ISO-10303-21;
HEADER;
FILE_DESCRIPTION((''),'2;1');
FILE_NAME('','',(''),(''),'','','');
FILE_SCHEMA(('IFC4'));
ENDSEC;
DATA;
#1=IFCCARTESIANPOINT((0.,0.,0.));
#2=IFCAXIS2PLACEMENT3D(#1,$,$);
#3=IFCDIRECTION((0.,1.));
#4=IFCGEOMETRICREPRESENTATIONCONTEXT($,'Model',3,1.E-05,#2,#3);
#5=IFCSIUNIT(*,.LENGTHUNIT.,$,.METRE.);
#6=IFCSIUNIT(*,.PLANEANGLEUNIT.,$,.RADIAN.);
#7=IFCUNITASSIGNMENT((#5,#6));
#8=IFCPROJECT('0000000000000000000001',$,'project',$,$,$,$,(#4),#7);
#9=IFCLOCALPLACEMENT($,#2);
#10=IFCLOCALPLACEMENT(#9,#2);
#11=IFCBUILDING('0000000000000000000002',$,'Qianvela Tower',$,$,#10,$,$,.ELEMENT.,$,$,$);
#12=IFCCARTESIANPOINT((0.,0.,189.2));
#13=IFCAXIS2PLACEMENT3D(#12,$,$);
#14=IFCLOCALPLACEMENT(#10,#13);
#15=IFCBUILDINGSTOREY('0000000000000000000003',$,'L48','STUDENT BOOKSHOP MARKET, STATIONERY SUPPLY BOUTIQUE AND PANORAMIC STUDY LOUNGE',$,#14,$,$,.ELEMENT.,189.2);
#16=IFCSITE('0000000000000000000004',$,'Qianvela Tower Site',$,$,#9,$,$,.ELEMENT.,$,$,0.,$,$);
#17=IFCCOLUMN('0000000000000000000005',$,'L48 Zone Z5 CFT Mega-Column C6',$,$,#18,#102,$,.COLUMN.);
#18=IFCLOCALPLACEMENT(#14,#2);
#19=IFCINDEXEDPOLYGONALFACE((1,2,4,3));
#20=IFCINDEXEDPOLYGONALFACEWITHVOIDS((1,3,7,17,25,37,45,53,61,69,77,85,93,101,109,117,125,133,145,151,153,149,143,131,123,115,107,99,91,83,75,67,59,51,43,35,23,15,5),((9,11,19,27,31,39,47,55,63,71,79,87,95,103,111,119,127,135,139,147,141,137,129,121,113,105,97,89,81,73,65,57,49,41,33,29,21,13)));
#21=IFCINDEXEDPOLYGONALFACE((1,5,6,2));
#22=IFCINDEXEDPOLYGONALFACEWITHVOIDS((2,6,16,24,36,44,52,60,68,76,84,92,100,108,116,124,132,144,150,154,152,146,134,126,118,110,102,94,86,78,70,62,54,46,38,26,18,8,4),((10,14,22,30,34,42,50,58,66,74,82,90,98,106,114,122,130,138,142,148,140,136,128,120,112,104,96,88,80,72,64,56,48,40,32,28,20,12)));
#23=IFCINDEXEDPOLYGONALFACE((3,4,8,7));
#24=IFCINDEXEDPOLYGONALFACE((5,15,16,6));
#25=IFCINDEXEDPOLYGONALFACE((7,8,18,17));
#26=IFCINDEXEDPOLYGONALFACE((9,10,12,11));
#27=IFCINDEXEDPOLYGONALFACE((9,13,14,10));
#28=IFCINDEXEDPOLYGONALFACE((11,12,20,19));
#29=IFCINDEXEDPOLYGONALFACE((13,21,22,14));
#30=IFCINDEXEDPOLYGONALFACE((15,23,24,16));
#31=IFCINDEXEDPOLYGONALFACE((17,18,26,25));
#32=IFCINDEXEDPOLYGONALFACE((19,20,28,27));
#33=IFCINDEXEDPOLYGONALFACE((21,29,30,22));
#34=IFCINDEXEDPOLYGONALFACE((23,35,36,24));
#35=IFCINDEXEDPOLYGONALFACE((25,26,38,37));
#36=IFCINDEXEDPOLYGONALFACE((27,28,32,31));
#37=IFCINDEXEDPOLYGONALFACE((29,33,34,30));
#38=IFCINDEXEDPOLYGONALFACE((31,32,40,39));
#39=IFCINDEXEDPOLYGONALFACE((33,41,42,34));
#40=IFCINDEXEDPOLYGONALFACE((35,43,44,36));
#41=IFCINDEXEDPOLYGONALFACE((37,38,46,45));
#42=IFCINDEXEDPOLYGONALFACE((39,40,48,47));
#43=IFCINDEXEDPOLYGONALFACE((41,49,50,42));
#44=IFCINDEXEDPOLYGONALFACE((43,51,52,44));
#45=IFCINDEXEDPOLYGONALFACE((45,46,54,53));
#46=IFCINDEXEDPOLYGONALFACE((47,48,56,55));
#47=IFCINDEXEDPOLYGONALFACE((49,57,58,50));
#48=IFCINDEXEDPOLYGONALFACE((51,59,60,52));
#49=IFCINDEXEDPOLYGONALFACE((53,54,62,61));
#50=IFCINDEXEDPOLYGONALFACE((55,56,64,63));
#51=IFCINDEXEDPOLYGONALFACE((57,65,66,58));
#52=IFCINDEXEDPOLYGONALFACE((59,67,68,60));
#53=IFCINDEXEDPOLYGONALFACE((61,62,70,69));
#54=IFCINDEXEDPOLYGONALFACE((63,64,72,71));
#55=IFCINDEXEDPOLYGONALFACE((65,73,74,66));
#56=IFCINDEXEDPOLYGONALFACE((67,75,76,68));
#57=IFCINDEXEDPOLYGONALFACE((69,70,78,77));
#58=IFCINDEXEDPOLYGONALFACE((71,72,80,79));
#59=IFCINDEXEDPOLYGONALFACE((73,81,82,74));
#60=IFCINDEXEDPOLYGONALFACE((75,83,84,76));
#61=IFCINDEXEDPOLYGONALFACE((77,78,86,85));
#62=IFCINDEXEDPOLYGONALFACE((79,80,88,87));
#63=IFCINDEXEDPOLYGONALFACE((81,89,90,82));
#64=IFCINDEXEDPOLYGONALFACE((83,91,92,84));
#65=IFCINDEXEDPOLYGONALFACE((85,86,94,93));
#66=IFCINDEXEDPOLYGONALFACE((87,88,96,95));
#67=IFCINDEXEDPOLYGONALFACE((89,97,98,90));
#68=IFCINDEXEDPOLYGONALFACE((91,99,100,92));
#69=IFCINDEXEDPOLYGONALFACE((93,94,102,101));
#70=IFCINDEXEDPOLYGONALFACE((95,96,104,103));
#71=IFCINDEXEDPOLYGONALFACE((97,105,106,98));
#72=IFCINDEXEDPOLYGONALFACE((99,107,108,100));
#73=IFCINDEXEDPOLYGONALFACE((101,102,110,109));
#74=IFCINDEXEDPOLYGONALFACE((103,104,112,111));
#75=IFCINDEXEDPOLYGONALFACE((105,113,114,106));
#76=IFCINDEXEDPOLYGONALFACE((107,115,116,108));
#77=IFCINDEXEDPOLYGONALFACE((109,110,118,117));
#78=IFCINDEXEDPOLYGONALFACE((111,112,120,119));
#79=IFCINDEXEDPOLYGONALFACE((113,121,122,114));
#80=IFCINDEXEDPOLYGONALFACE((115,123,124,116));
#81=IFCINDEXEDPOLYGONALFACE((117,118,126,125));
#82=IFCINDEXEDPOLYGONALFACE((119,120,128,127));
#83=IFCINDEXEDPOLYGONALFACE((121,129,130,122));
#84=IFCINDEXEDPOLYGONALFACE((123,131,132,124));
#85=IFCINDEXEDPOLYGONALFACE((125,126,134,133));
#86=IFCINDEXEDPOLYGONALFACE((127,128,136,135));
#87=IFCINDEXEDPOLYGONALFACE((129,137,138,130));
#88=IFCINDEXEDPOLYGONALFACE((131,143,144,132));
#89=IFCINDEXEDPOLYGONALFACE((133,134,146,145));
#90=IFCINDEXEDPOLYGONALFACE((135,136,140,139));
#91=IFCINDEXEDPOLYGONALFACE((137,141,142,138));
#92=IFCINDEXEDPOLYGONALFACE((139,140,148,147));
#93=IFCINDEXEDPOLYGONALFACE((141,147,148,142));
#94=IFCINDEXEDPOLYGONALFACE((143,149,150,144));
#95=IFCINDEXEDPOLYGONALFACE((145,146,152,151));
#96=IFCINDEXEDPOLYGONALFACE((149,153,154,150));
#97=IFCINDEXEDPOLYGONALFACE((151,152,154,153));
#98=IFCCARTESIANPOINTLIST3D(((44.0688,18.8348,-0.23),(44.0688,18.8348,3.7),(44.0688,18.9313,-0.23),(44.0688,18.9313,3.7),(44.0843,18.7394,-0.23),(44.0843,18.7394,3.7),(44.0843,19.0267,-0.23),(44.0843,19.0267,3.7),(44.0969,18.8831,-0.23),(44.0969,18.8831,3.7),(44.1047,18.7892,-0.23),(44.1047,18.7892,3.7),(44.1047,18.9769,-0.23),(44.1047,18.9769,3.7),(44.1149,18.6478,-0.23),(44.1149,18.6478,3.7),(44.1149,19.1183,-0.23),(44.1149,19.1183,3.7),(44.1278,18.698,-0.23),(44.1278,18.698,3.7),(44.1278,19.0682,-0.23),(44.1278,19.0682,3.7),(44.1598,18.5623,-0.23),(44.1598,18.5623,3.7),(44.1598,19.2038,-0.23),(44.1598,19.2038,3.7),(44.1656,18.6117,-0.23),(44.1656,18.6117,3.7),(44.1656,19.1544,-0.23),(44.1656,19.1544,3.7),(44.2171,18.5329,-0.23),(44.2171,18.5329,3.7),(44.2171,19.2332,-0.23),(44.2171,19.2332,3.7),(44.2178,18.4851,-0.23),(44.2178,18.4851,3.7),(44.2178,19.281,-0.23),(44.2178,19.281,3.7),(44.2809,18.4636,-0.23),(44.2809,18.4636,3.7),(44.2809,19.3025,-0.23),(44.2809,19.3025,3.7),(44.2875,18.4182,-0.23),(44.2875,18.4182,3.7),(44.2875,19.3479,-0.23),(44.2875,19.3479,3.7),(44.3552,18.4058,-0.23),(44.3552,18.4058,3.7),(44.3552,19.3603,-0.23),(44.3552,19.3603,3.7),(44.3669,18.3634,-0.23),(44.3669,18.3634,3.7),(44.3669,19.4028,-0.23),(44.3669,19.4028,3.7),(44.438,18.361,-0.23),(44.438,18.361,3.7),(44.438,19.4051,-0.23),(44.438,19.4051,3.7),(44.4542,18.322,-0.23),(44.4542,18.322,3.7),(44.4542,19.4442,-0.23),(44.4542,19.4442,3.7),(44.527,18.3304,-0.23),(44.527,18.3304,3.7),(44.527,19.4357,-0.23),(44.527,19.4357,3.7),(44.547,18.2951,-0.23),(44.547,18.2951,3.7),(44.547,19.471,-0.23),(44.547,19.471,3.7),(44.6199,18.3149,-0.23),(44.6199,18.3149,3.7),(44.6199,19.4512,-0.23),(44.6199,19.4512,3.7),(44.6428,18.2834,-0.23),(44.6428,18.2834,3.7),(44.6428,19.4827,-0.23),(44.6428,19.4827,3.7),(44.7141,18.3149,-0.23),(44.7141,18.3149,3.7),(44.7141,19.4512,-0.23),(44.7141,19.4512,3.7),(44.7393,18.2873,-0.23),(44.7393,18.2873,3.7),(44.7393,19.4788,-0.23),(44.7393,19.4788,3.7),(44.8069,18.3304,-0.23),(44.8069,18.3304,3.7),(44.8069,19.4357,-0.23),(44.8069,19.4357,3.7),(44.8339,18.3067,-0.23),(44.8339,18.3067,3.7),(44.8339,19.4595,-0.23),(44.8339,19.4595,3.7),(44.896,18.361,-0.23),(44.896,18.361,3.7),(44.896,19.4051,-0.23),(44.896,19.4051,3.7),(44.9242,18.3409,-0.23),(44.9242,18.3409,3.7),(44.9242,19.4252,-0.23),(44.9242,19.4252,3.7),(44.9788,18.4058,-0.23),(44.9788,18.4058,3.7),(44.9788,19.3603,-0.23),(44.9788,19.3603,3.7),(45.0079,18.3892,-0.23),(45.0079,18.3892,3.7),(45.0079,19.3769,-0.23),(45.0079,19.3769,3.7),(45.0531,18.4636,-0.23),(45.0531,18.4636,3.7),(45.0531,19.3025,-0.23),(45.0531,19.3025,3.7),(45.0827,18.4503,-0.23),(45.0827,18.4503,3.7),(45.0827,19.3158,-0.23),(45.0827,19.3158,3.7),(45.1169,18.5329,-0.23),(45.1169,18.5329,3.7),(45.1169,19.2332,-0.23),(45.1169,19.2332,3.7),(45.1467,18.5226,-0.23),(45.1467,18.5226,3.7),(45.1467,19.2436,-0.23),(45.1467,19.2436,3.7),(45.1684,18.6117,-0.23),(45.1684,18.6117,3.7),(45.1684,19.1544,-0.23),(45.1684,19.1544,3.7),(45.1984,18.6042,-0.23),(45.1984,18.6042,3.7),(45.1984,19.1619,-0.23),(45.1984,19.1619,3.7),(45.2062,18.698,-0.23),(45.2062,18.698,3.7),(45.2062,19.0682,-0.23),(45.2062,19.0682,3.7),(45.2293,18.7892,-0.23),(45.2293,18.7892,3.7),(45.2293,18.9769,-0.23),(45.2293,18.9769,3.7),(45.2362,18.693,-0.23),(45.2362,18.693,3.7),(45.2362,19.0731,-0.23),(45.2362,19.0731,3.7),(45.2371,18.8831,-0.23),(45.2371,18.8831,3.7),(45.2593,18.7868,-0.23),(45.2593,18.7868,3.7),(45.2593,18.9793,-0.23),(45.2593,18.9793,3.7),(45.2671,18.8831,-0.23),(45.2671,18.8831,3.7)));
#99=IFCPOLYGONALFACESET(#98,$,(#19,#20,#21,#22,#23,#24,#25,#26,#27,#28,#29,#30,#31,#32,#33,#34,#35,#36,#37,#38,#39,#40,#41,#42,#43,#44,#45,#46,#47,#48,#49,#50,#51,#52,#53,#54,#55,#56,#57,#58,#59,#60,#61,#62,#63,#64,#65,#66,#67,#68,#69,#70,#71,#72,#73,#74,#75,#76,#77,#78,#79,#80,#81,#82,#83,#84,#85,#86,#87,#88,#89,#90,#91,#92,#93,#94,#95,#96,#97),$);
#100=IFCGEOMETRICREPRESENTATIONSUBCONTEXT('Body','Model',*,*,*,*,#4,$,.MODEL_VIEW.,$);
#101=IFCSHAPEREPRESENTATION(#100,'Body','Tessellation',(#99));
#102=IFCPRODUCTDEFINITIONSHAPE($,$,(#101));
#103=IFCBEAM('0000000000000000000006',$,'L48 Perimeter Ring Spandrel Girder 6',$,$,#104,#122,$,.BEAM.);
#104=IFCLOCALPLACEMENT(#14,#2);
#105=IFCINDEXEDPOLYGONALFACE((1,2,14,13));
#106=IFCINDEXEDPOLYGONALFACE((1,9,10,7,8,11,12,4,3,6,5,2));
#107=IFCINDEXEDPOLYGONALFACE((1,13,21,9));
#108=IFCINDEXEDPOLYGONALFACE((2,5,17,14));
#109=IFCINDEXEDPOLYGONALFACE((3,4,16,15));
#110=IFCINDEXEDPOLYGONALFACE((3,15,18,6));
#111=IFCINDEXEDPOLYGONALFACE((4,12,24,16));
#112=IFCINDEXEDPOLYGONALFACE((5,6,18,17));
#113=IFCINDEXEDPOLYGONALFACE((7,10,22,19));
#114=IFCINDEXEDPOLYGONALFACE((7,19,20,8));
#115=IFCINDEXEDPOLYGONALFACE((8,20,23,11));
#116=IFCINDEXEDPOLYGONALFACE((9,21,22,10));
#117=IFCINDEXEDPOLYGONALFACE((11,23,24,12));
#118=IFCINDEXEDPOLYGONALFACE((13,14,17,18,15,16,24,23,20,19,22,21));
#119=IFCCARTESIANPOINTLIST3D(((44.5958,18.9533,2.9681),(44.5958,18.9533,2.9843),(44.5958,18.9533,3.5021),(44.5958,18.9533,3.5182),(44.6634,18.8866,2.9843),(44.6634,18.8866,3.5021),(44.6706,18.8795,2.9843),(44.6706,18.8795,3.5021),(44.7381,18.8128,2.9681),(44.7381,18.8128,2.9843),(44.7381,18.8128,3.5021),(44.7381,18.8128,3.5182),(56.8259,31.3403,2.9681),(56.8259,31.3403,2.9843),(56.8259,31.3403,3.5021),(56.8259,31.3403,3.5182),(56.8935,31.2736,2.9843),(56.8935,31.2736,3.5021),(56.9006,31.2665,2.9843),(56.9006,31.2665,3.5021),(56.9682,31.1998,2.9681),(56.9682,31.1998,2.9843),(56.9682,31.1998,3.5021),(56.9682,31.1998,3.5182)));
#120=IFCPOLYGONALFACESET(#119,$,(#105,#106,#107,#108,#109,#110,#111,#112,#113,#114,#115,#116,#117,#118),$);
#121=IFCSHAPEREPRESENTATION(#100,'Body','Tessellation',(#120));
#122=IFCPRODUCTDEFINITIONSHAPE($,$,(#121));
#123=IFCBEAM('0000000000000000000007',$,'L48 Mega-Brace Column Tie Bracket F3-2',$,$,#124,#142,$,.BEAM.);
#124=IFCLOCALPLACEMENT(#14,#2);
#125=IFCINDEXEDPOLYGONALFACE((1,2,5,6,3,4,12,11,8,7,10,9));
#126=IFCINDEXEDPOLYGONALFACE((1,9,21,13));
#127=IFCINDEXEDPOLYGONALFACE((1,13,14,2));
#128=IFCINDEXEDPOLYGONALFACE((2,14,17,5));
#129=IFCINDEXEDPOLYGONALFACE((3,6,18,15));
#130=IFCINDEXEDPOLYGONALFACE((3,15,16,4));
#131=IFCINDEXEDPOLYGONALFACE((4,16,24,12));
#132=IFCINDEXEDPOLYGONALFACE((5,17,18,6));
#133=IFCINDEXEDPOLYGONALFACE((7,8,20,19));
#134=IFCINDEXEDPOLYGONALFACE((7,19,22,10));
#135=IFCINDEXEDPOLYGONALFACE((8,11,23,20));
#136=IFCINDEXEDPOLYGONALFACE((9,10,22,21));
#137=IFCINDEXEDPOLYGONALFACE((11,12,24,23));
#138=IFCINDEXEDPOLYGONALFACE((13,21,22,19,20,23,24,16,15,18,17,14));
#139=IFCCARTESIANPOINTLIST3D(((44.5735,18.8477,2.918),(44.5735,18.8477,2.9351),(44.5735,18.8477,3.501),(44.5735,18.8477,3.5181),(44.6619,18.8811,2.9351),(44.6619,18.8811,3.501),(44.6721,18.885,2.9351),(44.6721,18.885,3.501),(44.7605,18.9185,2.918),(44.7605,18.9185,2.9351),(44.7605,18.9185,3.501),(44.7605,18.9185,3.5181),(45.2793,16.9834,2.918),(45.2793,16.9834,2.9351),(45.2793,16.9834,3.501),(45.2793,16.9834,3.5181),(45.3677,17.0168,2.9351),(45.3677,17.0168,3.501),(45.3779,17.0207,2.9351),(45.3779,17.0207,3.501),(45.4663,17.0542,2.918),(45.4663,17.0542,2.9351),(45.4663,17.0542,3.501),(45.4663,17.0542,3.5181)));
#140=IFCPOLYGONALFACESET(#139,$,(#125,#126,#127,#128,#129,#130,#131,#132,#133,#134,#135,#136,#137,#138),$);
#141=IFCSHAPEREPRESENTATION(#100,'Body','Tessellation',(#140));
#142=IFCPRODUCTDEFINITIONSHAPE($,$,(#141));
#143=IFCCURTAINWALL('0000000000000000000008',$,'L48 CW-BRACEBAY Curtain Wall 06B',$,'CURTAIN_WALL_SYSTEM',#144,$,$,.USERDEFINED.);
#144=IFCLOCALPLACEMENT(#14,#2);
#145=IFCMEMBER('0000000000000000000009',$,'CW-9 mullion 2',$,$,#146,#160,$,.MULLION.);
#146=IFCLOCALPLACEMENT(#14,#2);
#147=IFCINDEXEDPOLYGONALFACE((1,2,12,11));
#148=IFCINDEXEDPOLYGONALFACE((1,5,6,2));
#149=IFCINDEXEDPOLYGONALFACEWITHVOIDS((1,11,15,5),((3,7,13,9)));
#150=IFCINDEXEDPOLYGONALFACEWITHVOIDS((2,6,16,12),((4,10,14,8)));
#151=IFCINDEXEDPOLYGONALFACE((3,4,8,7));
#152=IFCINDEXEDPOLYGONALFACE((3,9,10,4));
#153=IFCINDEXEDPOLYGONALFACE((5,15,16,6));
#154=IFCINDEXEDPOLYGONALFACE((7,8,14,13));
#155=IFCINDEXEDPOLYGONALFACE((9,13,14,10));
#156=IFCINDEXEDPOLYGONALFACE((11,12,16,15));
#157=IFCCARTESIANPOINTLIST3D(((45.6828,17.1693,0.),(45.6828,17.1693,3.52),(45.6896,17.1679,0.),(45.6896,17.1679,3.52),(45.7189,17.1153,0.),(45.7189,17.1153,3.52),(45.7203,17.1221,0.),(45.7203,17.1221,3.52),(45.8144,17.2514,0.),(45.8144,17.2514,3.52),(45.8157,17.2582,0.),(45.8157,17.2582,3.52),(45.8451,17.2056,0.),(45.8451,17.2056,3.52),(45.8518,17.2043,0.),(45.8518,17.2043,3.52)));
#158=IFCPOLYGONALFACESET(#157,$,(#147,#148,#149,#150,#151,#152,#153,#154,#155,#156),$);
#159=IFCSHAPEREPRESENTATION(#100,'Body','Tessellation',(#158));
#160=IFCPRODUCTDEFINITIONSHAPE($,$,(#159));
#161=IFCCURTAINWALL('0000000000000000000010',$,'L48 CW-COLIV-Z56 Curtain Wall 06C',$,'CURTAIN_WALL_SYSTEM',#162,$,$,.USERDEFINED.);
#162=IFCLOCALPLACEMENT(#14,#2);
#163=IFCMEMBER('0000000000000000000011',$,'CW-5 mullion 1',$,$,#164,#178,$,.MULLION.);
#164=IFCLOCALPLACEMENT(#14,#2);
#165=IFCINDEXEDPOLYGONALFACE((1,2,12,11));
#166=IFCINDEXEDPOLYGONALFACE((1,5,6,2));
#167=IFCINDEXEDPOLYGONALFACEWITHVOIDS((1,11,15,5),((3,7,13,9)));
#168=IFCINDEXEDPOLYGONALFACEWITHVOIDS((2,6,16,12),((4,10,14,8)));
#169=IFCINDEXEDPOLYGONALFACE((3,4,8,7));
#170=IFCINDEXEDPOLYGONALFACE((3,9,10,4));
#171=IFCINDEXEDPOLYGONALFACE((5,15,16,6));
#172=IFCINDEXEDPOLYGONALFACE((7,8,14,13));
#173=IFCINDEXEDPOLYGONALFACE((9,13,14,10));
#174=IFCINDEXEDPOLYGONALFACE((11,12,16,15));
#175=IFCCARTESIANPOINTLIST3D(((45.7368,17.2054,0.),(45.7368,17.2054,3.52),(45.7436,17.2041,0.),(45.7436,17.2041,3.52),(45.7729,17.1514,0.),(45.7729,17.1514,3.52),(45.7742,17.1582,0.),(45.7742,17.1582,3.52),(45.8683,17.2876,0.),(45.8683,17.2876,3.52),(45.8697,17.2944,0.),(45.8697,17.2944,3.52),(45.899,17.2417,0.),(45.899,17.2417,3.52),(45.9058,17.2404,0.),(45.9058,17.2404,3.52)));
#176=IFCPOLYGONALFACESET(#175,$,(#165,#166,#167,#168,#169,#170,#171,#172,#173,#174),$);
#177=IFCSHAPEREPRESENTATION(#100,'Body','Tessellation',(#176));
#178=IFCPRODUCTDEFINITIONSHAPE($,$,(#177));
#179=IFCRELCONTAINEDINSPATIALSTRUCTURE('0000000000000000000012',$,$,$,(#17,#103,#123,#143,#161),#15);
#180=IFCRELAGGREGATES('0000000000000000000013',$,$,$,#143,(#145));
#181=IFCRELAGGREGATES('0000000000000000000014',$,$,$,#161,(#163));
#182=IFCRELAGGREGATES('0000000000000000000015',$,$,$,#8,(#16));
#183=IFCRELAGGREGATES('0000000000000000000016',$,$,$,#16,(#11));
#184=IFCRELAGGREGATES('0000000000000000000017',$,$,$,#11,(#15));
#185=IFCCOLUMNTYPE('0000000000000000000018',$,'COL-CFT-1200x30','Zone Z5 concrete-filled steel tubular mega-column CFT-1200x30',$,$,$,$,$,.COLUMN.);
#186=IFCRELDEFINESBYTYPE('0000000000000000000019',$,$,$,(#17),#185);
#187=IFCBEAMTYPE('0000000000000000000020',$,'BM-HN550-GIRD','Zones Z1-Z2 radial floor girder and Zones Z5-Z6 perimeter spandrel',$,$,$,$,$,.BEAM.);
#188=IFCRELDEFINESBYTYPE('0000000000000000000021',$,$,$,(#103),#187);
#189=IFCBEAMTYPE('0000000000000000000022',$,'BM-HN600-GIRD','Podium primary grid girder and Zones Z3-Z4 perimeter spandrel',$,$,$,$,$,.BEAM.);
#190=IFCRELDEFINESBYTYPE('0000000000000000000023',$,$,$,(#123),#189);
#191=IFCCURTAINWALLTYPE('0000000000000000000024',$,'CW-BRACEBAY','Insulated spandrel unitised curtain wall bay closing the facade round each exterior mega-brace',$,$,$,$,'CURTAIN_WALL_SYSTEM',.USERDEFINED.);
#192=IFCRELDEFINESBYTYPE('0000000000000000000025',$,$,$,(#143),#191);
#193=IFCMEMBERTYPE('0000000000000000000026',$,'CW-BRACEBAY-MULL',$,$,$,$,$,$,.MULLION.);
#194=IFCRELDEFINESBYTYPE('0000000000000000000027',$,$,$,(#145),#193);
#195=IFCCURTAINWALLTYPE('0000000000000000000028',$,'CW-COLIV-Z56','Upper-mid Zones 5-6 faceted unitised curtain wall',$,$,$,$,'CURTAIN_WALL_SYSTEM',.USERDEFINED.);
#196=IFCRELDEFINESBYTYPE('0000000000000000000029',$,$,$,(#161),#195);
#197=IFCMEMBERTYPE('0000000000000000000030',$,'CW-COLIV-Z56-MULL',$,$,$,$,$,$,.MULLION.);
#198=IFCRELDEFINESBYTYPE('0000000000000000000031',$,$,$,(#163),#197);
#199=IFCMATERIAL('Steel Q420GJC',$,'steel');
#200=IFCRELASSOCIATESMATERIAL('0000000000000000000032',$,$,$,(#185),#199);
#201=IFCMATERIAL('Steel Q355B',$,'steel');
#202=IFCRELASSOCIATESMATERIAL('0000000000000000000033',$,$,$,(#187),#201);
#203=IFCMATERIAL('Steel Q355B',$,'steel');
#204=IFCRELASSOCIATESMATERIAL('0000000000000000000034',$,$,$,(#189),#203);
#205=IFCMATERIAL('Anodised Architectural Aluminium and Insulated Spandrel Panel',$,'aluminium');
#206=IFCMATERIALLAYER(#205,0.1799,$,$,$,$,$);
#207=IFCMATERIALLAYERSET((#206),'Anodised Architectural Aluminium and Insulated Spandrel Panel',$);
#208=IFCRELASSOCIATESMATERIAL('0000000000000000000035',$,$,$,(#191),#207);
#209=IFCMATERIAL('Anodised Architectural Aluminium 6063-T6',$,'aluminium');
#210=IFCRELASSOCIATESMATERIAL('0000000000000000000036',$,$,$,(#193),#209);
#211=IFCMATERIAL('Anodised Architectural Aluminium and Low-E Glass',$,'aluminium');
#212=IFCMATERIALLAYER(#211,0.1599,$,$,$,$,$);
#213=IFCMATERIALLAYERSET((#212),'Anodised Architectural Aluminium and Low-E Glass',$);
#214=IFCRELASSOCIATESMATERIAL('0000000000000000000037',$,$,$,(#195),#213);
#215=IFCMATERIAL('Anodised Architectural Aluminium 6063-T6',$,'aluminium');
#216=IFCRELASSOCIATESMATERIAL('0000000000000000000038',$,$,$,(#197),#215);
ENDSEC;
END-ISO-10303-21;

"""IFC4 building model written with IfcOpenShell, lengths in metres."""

from ifc_helpers import new_model, si_unit, direction, frame, origin, origin_2d, place, context, subcontext, project, spatial, hollow_rectangle, hollow_circle, i_section, extrude, material, layer, layer_set, material_profile, profile_set, type_object, element, aggregate, save


model = new_model("IFC4")

# Units and contexts
model_context = context("Model", 3, precision=1e-05, world=origin(), true_north=direction((0.0, 1.0)))
body_context = subcontext(model_context, "Body", "Model", "MODEL_VIEW")
ifc_project = project(units=[si_unit("LENGTHUNIT", "METRE"), si_unit("PLANEANGLEUNIT", "RADIAN")], contexts=[model_context])

# Site, building, storey
site_placement = place(None, origin())
site = spatial("IfcSite", under=ifc_project, at=site_placement, Name="Qianvela Tower Site", CompositionType="ELEMENT", RefElevation=0.0)
building_placement = place(site_placement, origin())
building = spatial("IfcBuilding", under=site, at=building_placement, Name="Qianvela Tower", CompositionType="ELEMENT")
storey_placement = place(building_placement, frame((0.0, 0.0, 189.2)))
storey = spatial("IfcBuildingStorey", under=building, at=storey_placement, Name="L48", Description="STUDENT BOOKSHOP MARKET, STATIONERY SUPPLY BOUTIQUE AND PANORAMIC STUDY LOUNGE", CompositionType="ELEMENT", Elevation=189.2)

# Column
ifc_material_1 = material(Name="Steel Q420GJC", Category="steel")
ifc_material_profile_1 = material_profile(ifc_material_1, hollow_circle(Radius=0.6001, WallThickness=0.03, at=origin_2d()), Name="CFT-1200x30")
ifc_profile_set_1 = profile_set([ifc_material_profile_1], Name="Steel Q420GJC")
column_type = type_object("IfcColumnType", Name="COL-CFT-1200x30", Description="Zone Z5 concrete-filled steel tubular mega-column CFT-1200x30", PredefinedType="COLUMN", material=ifc_profile_set_1)
column_placement = place(storey_placement, frame((44.667, 18.8831, -0.23), z_axis=(0.0, 0.0, 1.0), x_axis=(1.0, 0.0, 0.0)))
element("IfcColumn", 1, at=column_placement, inside=storey, type_object=column_type, Name="L48 Zone Z5 CFT Mega-Column C6", PredefinedType="COLUMN", context=body_context, shape_type="SweptSolid", body=[
    extrude(hollow_circle(Radius=0.6001, WallThickness=0.03, at=origin_2d()), origin(), (0.0, 0.0, 1.0), 3.9299),
])

# Beams
ifc_material_2 = material(Name="Steel Q355B", Category="steel")
ifc_material_profile_2 = material_profile(ifc_material_2, i_section(OverallWidth=0.2, OverallDepth=0.55, WebThickness=0.01, FlangeThickness=0.0161, at=origin_2d()), Name="HN550x200x10x16")
ifc_profile_set_2 = profile_set([ifc_material_profile_2], Name="Steel Q355B")
beam_type_1 = type_object("IfcBeamType", Name="BM-HN550-GIRD", Description="Zones Z1-Z2 radial floor girder and Zones Z5-Z6 perimeter spandrel", PredefinedType="BEAM", material=ifc_profile_set_2)
beam_1_placement = place(storey_placement, frame((44.667, 18.8831, 3.2432), z_axis=(0.702583, 0.711602, 0.0), x_axis=(-0.711602, 0.702583, 0.0)))
element("IfcBeam", 2, at=beam_1_placement, inside=storey, type_object=beam_type_1, Name="L48 Perimeter Ring Spandrel Girder 6", PredefinedType="BEAM", context=body_context, shape_type="SweptSolid", body=[
    extrude(i_section(OverallWidth=0.2, OverallDepth=0.55, WebThickness=0.01, FlangeThickness=0.0161, at=origin_2d()), origin(), (0.0, 0.0, 1.0), 17.4072),
])
ifc_material_3 = material(Name="Steel Q355B", Category="steel")
ifc_material_profile_3 = material_profile(ifc_material_3, i_section(OverallWidth=0.2, OverallDepth=0.6001, WebThickness=0.011, FlangeThickness=0.0171, at=origin_2d()), Name="HN600x200x11x17")
ifc_profile_set_3 = profile_set([ifc_material_profile_3], Name="Steel Q355B")
beam_type_2 = type_object("IfcBeamType", Name="BM-HN600-GIRD", Description="Podium primary grid girder and Zones Z3-Z4 perimeter spandrel", PredefinedType="BEAM", material=ifc_profile_set_3)
beam_2_placement = place(storey_placement, frame((44.667, 18.8831, 3.218), z_axis=(0.354075, -0.935217, 0.0), x_axis=(0.935217, 0.354075, 0.0)))
element("IfcBeam", 3, at=beam_2_placement, inside=storey, type_object=beam_type_2, Name="L48 Mega-Brace Column Tie Bracket F3-2", PredefinedType="BEAM", context=body_context, shape_type="SweptSolid", body=[
    extrude(i_section(OverallWidth=0.2, OverallDepth=0.6001, WebThickness=0.011, FlangeThickness=0.0171, at=origin_2d()), origin(), (0.0, 0.0, 1.0), 1.9934),
])

# Curtain wall, member
ifc_material_4 = material(Name="Anodised Architectural Aluminium and Insulated Spandrel Panel", Category="aluminium")
ifc_layer_1 = layer(ifc_material_4, 0.1799)
ifc_layer_set_1 = layer_set([ifc_layer_1], Name="Anodised Architectural Aluminium and Insulated Spandrel Panel")
curtain_wall_type_1 = type_object("IfcCurtainWallType", Name="CW-BRACEBAY", Description="Insulated spandrel unitised curtain wall bay closing the facade round each exterior mega-brace", ElementType="CURTAIN_WALL_SYSTEM", PredefinedType="USERDEFINED", material=ifc_layer_set_1)
curtain_wall_1_placement = place(storey_placement, origin())
curtain_wall_1 = element("IfcCurtainWall", 4, at=curtain_wall_1_placement, inside=storey, type_object=curtain_wall_type_1, Name="L48 CW-BRACEBAY Curtain Wall 06B", ObjectType="CURTAIN_WALL_SYSTEM", PredefinedType="USERDEFINED")
ifc_material_5 = material(Name="Anodised Architectural Aluminium 6063-T6", Category="aluminium")
ifc_material_profile_4 = material_profile(ifc_material_5, hollow_rectangle(XDim=0.0649, YDim=0.1599, WallThickness=0.0049, at=origin_2d()), Name="ALU-MULL-65x160")
ifc_profile_set_4 = profile_set([ifc_material_profile_4], Name="Anodised Architectural Aluminium 6063-T6")
member_type_1 = type_object("IfcMemberType", Name="CW-BRACEBAY-MULL", PredefinedType="MULLION", material=ifc_profile_set_4)
member_1_placement = place(storey_placement, frame((45.7673, 17.1868, 0.0), z_axis=(0.0, 0.0, 1.0), x_axis=(-0.556183, 0.83106, 0.0)))
member_1 = element("IfcMember", 5, at=member_1_placement, type_object=member_type_1, Name="CW-9 mullion 2", PredefinedType="MULLION", context=body_context, shape_type="SweptSolid", body=[
    extrude(hollow_rectangle(XDim=0.0649, YDim=0.1599, WallThickness=0.0049, at=origin_2d()), origin(), (0.0, 0.0, 1.0), 3.52),
])
aggregate(curtain_wall_1, [member_1])

# Curtain wall, member
ifc_material_6 = material(Name="Anodised Architectural Aluminium and Low-E Glass", Category="aluminium")
ifc_layer_2 = layer(ifc_material_6, 0.1599)
ifc_layer_set_2 = layer_set([ifc_layer_2], Name="Anodised Architectural Aluminium and Low-E Glass")
curtain_wall_type_2 = type_object("IfcCurtainWallType", Name="CW-COLIV-Z56", Description="Upper-mid Zones 5-6 faceted unitised curtain wall", ElementType="CURTAIN_WALL_SYSTEM", PredefinedType="USERDEFINED", material=ifc_layer_set_2)
curtain_wall_2_placement = place(storey_placement, origin())
curtain_wall_2 = element("IfcCurtainWall", 6, at=curtain_wall_2_placement, inside=storey, type_object=curtain_wall_type_2, Name="L48 CW-COLIV-Z56 Curtain Wall 06C", ObjectType="CURTAIN_WALL_SYSTEM", PredefinedType="USERDEFINED")
ifc_material_7 = material(Name="Anodised Architectural Aluminium 6063-T6", Category="aluminium")
ifc_material_profile_5 = material_profile(ifc_material_7, hollow_rectangle(XDim=0.0649, YDim=0.1599, WallThickness=0.0049, at=origin_2d()), Name="ALU-MULL-65x160")
ifc_profile_set_5 = profile_set([ifc_material_profile_5], Name="Anodised Architectural Aluminium 6063-T6")
member_type_2 = type_object("IfcMemberType", Name="CW-COLIV-Z56-MULL", PredefinedType="MULLION", material=ifc_profile_set_5)
member_2_placement = place(storey_placement, frame((45.8213, 17.2229, 0.0), z_axis=(0.0, 0.0, 1.0), x_axis=(-0.556195, 0.831052, 0.0)))
member_2 = element("IfcMember", 7, at=member_2_placement, type_object=member_type_2, Name="CW-5 mullion 1", PredefinedType="MULLION", context=body_context, shape_type="SweptSolid", body=[
    extrude(hollow_rectangle(XDim=0.0649, YDim=0.1599, WallThickness=0.0049, at=origin_2d()), origin(), (0.0, 0.0, 1.0), 3.52),
])

aggregate(curtain_wall_2, [member_2])

save(model, "model.ifc")
